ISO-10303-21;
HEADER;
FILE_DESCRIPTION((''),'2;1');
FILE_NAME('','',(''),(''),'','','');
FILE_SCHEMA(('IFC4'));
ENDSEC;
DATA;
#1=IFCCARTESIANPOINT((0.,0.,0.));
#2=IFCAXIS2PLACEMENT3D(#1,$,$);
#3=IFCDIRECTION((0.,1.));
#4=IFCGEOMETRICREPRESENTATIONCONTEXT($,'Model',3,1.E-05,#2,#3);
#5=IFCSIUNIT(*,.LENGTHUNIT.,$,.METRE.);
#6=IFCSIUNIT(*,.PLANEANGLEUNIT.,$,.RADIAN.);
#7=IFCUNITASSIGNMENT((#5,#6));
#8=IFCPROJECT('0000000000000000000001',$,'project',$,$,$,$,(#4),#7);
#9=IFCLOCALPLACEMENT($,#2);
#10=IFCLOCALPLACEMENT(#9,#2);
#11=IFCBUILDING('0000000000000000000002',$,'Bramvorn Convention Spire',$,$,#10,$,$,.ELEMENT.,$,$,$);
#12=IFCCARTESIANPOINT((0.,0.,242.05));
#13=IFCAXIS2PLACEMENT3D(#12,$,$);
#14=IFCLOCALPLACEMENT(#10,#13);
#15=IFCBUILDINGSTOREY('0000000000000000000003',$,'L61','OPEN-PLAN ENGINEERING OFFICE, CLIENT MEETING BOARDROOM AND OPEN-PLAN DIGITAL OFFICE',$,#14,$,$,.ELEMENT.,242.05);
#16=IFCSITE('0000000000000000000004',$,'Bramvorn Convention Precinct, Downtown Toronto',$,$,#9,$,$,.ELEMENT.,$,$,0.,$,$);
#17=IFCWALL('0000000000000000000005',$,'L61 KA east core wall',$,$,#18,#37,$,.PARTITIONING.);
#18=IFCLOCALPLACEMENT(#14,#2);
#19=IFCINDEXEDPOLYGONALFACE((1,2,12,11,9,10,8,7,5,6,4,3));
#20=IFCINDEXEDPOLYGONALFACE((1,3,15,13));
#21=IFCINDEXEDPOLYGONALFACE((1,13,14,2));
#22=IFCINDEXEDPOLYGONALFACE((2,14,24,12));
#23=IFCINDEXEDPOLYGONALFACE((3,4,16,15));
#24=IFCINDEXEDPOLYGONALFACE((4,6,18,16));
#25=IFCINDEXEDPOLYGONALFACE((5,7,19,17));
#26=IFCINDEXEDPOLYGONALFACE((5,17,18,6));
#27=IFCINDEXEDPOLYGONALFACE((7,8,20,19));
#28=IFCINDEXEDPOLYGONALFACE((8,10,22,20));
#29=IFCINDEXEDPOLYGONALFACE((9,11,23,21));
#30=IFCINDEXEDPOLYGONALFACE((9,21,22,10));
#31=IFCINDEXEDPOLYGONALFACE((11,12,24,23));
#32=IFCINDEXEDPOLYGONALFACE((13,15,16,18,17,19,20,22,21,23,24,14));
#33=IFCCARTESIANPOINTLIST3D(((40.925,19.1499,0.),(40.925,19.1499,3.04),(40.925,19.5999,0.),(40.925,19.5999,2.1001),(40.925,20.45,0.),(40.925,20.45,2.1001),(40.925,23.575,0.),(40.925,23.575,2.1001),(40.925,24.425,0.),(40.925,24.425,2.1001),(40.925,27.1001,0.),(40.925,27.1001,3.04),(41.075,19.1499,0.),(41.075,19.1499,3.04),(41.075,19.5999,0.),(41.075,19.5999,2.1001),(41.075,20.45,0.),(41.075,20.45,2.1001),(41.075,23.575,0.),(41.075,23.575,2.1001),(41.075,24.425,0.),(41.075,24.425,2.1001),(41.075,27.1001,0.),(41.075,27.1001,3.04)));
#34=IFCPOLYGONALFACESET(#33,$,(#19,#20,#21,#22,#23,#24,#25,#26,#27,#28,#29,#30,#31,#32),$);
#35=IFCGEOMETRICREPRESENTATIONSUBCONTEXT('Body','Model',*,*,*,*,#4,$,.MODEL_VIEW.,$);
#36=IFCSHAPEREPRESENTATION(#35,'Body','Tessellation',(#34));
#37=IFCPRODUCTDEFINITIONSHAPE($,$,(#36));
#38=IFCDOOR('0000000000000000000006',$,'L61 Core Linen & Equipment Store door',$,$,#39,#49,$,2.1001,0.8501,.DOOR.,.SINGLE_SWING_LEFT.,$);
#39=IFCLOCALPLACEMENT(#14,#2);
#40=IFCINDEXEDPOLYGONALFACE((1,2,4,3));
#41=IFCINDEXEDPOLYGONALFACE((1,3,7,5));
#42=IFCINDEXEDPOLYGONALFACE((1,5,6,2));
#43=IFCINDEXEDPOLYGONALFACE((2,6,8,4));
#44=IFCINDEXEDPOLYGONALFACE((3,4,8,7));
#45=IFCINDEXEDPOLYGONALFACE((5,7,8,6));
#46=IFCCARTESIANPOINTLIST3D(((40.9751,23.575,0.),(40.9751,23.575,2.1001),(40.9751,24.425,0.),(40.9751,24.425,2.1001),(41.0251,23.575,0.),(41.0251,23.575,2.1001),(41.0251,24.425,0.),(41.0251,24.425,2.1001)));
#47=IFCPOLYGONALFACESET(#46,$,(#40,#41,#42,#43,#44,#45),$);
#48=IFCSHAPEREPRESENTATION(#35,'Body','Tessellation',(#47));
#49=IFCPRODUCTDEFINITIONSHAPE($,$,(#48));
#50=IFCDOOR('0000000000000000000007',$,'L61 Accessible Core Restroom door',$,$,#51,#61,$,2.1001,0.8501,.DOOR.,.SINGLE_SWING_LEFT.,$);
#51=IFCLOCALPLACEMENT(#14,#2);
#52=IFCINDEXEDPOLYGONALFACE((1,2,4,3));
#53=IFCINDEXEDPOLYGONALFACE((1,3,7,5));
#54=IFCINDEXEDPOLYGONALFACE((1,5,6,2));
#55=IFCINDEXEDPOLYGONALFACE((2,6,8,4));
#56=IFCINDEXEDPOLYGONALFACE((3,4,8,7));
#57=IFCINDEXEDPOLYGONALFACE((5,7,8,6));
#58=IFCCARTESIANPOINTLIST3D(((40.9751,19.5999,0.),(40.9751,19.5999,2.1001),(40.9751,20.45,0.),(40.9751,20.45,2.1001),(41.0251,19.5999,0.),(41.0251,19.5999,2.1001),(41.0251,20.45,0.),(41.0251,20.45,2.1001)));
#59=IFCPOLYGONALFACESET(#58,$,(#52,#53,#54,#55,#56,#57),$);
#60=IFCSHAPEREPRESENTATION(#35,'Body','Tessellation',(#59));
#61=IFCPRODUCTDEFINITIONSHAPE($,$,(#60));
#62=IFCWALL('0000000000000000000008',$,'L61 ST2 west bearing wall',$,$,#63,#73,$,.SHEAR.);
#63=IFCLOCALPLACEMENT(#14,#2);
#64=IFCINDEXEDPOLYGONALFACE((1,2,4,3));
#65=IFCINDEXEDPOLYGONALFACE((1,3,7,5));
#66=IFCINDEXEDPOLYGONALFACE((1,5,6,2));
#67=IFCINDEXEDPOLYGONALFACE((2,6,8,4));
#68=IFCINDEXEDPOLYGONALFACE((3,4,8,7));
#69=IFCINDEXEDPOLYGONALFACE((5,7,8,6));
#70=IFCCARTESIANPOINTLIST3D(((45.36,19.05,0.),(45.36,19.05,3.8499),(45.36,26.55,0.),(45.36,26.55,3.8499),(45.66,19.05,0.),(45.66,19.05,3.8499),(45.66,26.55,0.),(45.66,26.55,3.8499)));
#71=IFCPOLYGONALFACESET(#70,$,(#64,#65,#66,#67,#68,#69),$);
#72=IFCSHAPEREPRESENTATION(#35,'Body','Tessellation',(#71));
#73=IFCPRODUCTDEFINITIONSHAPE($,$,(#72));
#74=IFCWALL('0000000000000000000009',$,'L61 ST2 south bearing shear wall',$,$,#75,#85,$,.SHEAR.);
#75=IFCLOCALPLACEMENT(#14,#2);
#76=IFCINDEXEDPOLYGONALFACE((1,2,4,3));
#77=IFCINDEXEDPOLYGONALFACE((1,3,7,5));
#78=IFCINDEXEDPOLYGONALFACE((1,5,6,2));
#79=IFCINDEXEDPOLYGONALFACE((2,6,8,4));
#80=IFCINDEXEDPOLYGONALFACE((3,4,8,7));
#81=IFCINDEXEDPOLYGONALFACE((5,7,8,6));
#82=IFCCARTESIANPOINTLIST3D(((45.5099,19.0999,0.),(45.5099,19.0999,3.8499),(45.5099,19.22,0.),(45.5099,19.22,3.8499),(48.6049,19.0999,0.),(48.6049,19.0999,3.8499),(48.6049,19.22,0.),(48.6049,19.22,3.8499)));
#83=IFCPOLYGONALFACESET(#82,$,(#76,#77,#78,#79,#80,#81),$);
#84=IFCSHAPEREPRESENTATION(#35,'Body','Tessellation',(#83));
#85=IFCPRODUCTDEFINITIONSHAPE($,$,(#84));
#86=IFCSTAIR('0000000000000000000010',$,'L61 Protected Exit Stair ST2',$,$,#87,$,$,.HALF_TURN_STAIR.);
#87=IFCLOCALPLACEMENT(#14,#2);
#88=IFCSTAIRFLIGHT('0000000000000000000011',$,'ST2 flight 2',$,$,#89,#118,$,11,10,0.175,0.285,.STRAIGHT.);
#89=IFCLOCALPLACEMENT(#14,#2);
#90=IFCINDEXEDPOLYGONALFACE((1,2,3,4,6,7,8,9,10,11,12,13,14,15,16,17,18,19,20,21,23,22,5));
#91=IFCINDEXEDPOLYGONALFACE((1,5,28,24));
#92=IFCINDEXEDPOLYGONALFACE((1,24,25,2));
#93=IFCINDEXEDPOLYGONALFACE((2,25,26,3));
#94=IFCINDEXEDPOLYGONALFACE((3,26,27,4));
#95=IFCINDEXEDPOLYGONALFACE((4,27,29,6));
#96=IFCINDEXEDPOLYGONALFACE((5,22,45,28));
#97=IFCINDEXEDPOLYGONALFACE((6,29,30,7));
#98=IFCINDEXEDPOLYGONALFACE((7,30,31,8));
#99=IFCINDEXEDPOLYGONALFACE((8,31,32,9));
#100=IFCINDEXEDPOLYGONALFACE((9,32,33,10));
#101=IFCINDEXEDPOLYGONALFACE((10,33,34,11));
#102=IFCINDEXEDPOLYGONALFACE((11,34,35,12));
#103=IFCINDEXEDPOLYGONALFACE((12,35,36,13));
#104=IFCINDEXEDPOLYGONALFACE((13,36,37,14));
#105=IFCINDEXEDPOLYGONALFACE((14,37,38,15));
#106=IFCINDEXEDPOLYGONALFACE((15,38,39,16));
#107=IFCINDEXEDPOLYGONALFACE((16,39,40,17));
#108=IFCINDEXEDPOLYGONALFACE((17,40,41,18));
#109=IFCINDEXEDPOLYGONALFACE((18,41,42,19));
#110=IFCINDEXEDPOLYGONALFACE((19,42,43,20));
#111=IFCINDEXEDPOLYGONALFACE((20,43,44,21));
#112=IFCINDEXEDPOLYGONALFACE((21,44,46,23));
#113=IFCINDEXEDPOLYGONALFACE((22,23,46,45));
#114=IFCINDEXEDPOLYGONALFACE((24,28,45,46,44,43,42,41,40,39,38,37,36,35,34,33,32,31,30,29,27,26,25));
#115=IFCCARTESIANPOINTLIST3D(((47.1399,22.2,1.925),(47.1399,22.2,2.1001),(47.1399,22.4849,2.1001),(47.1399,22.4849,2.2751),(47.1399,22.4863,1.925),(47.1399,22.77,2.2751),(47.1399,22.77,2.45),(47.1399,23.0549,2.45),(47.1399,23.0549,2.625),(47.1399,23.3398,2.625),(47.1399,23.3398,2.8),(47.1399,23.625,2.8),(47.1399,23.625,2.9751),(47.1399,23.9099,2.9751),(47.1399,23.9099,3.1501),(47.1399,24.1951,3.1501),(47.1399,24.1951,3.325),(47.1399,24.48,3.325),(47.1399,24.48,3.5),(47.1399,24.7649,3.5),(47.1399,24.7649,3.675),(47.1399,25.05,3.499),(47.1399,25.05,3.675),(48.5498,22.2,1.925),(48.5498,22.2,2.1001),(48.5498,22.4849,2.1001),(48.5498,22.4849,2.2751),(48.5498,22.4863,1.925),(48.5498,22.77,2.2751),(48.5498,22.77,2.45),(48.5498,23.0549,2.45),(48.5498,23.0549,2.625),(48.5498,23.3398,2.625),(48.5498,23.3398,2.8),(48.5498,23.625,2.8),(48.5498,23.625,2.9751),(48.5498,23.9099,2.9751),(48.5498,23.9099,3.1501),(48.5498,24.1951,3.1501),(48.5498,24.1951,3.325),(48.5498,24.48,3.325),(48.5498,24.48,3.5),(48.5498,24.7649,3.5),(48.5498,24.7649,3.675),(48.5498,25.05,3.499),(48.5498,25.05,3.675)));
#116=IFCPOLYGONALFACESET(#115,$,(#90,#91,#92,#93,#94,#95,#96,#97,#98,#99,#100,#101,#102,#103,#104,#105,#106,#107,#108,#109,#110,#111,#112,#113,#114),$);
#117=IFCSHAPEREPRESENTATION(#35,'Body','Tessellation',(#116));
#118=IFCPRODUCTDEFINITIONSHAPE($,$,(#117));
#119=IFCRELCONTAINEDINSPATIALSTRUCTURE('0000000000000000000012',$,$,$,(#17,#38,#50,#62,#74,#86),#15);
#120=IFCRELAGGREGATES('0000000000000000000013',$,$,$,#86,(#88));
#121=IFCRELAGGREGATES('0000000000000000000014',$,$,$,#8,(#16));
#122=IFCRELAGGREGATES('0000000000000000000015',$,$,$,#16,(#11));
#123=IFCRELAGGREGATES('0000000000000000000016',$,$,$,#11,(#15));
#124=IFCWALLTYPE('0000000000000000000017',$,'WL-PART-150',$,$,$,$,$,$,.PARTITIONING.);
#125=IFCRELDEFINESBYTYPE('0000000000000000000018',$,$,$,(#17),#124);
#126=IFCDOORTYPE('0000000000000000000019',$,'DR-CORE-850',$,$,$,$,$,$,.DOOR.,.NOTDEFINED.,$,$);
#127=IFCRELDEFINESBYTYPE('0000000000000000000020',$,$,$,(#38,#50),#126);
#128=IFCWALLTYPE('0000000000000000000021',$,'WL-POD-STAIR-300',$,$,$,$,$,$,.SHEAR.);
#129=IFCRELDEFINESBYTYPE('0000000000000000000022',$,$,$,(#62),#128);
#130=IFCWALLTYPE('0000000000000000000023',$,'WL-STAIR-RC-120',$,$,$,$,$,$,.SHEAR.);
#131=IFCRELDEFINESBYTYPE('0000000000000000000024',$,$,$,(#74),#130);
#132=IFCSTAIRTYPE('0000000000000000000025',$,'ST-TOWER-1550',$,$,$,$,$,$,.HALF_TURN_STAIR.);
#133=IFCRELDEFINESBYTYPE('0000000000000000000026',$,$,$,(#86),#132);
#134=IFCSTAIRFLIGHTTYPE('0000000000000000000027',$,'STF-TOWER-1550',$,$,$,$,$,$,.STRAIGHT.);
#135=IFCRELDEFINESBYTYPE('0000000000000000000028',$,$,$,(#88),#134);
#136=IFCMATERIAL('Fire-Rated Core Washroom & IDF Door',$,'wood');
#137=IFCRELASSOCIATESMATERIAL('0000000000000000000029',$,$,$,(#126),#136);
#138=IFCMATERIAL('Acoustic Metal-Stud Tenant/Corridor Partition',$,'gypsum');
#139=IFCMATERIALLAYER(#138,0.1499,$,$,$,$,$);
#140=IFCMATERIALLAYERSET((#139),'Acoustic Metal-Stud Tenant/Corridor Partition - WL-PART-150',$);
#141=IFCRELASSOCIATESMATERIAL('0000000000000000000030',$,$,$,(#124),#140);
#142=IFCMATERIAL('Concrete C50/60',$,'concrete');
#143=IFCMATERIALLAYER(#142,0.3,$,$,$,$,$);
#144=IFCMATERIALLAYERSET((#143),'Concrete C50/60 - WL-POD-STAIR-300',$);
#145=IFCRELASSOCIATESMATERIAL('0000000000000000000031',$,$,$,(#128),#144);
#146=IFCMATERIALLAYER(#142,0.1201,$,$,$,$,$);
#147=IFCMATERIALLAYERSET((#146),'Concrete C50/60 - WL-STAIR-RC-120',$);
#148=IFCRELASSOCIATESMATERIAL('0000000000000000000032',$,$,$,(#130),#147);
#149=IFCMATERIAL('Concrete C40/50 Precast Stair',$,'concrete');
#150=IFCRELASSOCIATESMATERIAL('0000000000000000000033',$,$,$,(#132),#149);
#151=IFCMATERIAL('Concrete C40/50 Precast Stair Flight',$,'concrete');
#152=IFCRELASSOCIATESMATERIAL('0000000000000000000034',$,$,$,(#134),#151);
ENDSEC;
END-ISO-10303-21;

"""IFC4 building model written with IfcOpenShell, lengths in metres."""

from ifc_helpers import new_model, si_unit, direction, frame, frame_2d, origin, place, context, subcontext, project, spatial, polyline, rectangle, outline, extrude, material, layer, layer_set, type_object, element, fill, aggregate, save


model = new_model("IFC4")

# Units and contexts
model_context = context("Model", 3, precision=1e-05, world=origin(), true_north=direction((0.0, 1.0)))
body_context = subcontext(model_context, "Body", "Model", "MODEL_VIEW")
ifc_project = project(units=[si_unit("LENGTHUNIT", "METRE"), si_unit("PLANEANGLEUNIT", "RADIAN")], contexts=[model_context])

# Site, building, storey
site_placement = place(None, origin())
site = spatial("IfcSite", under=ifc_project, at=site_placement, Name="Bramvorn Convention Precinct, Downtown Toronto", CompositionType="ELEMENT", RefElevation=0.0)
building_placement = place(site_placement, origin())
building = spatial("IfcBuilding", under=site, at=building_placement, Name="Bramvorn Convention Spire", CompositionType="ELEMENT")
storey_placement = place(building_placement, frame((0.0, 0.0, 242.05)))
storey = spatial("IfcBuildingStorey", under=building, at=storey_placement, Name="L61", Description="OPEN-PLAN ENGINEERING OFFICE, CLIENT MEETING BOARDROOM AND OPEN-PLAN DIGITAL OFFICE", CompositionType="ELEMENT", Elevation=242.05)

# Shared definitions
ifc_material_1 = material(Name="Concrete C50/60", Category="concrete")

# Shared definitions
ifc_material_2 = material(Name="Fire-Rated Core Washroom & IDF Door", Category="wood")
door_type_1 = type_object("IfcDoorType", Name="DR-CORE-850", OperationType="NOTDEFINED", PredefinedType="DOOR", material=ifc_material_2)

# Wall, openings, doors
ifc_material_3 = material(Name="Acoustic Metal-Stud Tenant/Corridor Partition", Category="gypsum")
ifc_layer_1 = layer(ifc_material_3, 0.1499)
ifc_layer_set_1 = layer_set([ifc_layer_1], Name="Acoustic Metal-Stud Tenant/Corridor Partition - WL-PART-150")
wall_type_1 = type_object("IfcWallType", Name="WL-PART-150", PredefinedType="PARTITIONING", material=ifc_layer_set_1)
wall_1_placement = place(storey_placement, frame((41.0, 19.1499, 0.0), z_axis=(0.0, 0.0, 1.0), x_axis=(0.0, 1.0, 0.0)))
wall_1 = element("IfcWall", 1, at=wall_1_placement, inside=storey, type_object=wall_type_1, Name="L61 KA east core wall", PredefinedType="PARTITIONING", context=body_context, shape_type="SweptSolid", body=[
    extrude(rectangle(XDim=7.9502, YDim=0.1499, at=frame_2d((3.9751, 0.0))), origin(), (0.0, 0.0, 1.0), 3.04),
])
opening_1_placement = place(wall_1_placement, frame((4.425, 0.0, 0.0)))
opening_1 = element("IfcOpeningElement", 2, at=opening_1_placement, cuts=wall_1, PredefinedType="OPENING", context=body_context, shape_type="SweptSolid", body=[
    extrude(rectangle(XDim=0.8501, YDim=2.1001, at=frame_2d((0.425, 1.05))), frame((0.0, 0.085, 0.0), z_axis=(0.0, -1.0, 0.0), x_axis=(1.0, 0.0, 0.0)), (0.0, 0.0, 1.0), 0.1699),
])
opening_2_placement = place(wall_1_placement, frame((0.45, 0.0, 0.0)))
opening_2 = element("IfcOpeningElement", 3, at=opening_2_placement, cuts=wall_1, PredefinedType="OPENING", context=body_context, shape_type="SweptSolid", body=[
    extrude(rectangle(XDim=0.8501, YDim=2.1001, at=frame_2d((0.425, 1.05))), frame((0.0, 0.085, 0.0), z_axis=(0.0, -1.0, 0.0), x_axis=(1.0, 0.0, 0.0)), (0.0, 0.0, 1.0), 0.1699),
])
door_1_placement = place(opening_1_placement, origin())
door_1 = element("IfcDoor", 4, at=door_1_placement, inside=storey, type_object=door_type_1, Name="L61 Core Linen & Equipment Store door", OperationType="SINGLE_SWING_LEFT", OverallHeight=2.1001, OverallWidth=0.8501, PredefinedType="DOOR", context=body_context, shape_type="SweptSolid", body=[
    extrude(rectangle(XDim=0.8501, YDim=2.1001, at=frame_2d((0.425, 1.05))), frame((0.0, 0.0249, 0.0), z_axis=(0.0, -1.0, 0.0), x_axis=(1.0, 0.0, 0.0)), (0.0, 0.0, 1.0), 0.05),
])
fill(opening_1, door_1)
door_2_placement = place(opening_2_placement, origin())
door_2 = element("IfcDoor", 5, at=door_2_placement, inside=storey, type_object=door_type_1, Name="L61 Accessible Core Restroom door", OperationType="SINGLE_SWING_LEFT", OverallHeight=2.1001, OverallWidth=0.8501, PredefinedType="DOOR", context=body_context, shape_type="SweptSolid", body=[
    extrude(rectangle(XDim=0.8501, YDim=2.1001, at=frame_2d((0.425, 1.05))), frame((0.0, 0.0249, 0.0), z_axis=(0.0, -1.0, 0.0), x_axis=(1.0, 0.0, 0.0)), (0.0, 0.0, 1.0), 0.05),
])
fill(opening_2, door_2)

# Walls
ifc_layer_2 = layer(ifc_material_1, 0.3)
ifc_layer_set_2 = layer_set([ifc_layer_2], Name="Concrete C50/60 - WL-POD-STAIR-300")
wall_type_2 = type_object("IfcWallType", Name="WL-POD-STAIR-300", PredefinedType="SHEAR", material=ifc_layer_set_2)
wall_2_placement = place(storey_placement, frame((45.51, 19.05, 0.0), z_axis=(0.0, 0.0, 1.0), x_axis=(0.0, 1.0, 0.0)))
element("IfcWall", 6, at=wall_2_placement, inside=storey, type_object=wall_type_2, Name="L61 ST2 west bearing wall", PredefinedType="SHEAR", context=body_context, shape_type="SweptSolid", body=[
    extrude(rectangle(XDim=7.5, YDim=0.3, at=frame_2d((3.75, 0.0))), origin(), (0.0, 0.0, 1.0), 3.8499),
])
ifc_layer_3 = layer(ifc_material_1, 0.1201)
ifc_layer_set_3 = layer_set([ifc_layer_3], Name="Concrete C50/60 - WL-STAIR-RC-120")
wall_type_3 = type_object("IfcWallType", Name="WL-STAIR-RC-120", PredefinedType="SHEAR", material=ifc_layer_set_3)
wall_3_placement = place(storey_placement, frame((45.51, 19.1599, 0.0), z_axis=(0.0, 0.0, 1.0), x_axis=(1.0, 0.0, 0.0)))
element("IfcWall", 7, at=wall_3_placement, inside=storey, type_object=wall_type_3, Name="L61 ST2 south bearing shear wall", PredefinedType="SHEAR", context=body_context, shape_type="SweptSolid", body=[
    extrude(rectangle(XDim=3.095, YDim=0.1201, at=frame_2d((1.5474, 0.0))), origin(), (0.0, 0.0, 1.0), 3.8499),
])

# Stair, stair flight
ifc_material_4 = material(Name="Concrete C40/50 Precast Stair", Category="concrete")
stair_type = type_object("IfcStairType", Name="ST-TOWER-1550", PredefinedType="HALF_TURN_STAIR", material=ifc_material_4)
stair_placement = place(storey_placement, origin())
stair = element("IfcStair", 8, at=stair_placement, inside=storey, type_object=stair_type, Name="L61 Protected Exit Stair ST2", PredefinedType="HALF_TURN_STAIR")
ifc_material_5 = material(Name="Concrete C40/50 Precast Stair Flight", Category="concrete")
stair_flight_type = type_object("IfcStairFlightType", Name="STF-TOWER-1550", PredefinedType="STRAIGHT", material=ifc_material_5)
stair_flight_placement = place(storey_placement, frame((47.845, 22.2, 1.925), z_axis=(0.0, 0.0, 1.0), x_axis=(0.0, 1.0, 0.0)))
stair_flight = element("IfcStairFlight", 9, at=stair_flight_placement, type_object=stair_flight_type, Name="ST2 flight 2", NumberOfRisers=11, NumberOfTreads=10, PredefinedType="STRAIGHT", RiserHeight=0.175, TreadLength=0.285, context=body_context, shape_type="SweptSolid", body=[
    extrude(outline(polyline([(0.0, 0.0), (0.0, 0.175), (0.2849, 0.175), (0.2849, 0.3501), (0.5701, 0.3501), (0.5701, 0.5249), (0.855, 0.5249), (0.855, 0.7), (1.1399, 0.7), (1.1399, 0.875), (1.425, 0.875), (1.425, 1.05), (1.71, 1.05), (1.71, 1.2251), (1.9951, 1.2251), (1.9951, 1.3999), (2.28, 1.3999), (2.28, 1.575), (2.5649, 1.575), (2.5649, 1.75), (2.8501, 1.75), (2.8501, 1.925), (2.8501, 1.574), (0.2864, 0.0), (0.0, 0.0)])), frame((0.0, 0.7051, 0.0), z_axis=(0.0, -1.0, 0.0), x_axis=(1.0, 0.0, 0.0)), (0.0, 0.0, 1.0), 1.4099),
])
aggregate(stair, [stair_flight])

save(model, "model.ifc")
